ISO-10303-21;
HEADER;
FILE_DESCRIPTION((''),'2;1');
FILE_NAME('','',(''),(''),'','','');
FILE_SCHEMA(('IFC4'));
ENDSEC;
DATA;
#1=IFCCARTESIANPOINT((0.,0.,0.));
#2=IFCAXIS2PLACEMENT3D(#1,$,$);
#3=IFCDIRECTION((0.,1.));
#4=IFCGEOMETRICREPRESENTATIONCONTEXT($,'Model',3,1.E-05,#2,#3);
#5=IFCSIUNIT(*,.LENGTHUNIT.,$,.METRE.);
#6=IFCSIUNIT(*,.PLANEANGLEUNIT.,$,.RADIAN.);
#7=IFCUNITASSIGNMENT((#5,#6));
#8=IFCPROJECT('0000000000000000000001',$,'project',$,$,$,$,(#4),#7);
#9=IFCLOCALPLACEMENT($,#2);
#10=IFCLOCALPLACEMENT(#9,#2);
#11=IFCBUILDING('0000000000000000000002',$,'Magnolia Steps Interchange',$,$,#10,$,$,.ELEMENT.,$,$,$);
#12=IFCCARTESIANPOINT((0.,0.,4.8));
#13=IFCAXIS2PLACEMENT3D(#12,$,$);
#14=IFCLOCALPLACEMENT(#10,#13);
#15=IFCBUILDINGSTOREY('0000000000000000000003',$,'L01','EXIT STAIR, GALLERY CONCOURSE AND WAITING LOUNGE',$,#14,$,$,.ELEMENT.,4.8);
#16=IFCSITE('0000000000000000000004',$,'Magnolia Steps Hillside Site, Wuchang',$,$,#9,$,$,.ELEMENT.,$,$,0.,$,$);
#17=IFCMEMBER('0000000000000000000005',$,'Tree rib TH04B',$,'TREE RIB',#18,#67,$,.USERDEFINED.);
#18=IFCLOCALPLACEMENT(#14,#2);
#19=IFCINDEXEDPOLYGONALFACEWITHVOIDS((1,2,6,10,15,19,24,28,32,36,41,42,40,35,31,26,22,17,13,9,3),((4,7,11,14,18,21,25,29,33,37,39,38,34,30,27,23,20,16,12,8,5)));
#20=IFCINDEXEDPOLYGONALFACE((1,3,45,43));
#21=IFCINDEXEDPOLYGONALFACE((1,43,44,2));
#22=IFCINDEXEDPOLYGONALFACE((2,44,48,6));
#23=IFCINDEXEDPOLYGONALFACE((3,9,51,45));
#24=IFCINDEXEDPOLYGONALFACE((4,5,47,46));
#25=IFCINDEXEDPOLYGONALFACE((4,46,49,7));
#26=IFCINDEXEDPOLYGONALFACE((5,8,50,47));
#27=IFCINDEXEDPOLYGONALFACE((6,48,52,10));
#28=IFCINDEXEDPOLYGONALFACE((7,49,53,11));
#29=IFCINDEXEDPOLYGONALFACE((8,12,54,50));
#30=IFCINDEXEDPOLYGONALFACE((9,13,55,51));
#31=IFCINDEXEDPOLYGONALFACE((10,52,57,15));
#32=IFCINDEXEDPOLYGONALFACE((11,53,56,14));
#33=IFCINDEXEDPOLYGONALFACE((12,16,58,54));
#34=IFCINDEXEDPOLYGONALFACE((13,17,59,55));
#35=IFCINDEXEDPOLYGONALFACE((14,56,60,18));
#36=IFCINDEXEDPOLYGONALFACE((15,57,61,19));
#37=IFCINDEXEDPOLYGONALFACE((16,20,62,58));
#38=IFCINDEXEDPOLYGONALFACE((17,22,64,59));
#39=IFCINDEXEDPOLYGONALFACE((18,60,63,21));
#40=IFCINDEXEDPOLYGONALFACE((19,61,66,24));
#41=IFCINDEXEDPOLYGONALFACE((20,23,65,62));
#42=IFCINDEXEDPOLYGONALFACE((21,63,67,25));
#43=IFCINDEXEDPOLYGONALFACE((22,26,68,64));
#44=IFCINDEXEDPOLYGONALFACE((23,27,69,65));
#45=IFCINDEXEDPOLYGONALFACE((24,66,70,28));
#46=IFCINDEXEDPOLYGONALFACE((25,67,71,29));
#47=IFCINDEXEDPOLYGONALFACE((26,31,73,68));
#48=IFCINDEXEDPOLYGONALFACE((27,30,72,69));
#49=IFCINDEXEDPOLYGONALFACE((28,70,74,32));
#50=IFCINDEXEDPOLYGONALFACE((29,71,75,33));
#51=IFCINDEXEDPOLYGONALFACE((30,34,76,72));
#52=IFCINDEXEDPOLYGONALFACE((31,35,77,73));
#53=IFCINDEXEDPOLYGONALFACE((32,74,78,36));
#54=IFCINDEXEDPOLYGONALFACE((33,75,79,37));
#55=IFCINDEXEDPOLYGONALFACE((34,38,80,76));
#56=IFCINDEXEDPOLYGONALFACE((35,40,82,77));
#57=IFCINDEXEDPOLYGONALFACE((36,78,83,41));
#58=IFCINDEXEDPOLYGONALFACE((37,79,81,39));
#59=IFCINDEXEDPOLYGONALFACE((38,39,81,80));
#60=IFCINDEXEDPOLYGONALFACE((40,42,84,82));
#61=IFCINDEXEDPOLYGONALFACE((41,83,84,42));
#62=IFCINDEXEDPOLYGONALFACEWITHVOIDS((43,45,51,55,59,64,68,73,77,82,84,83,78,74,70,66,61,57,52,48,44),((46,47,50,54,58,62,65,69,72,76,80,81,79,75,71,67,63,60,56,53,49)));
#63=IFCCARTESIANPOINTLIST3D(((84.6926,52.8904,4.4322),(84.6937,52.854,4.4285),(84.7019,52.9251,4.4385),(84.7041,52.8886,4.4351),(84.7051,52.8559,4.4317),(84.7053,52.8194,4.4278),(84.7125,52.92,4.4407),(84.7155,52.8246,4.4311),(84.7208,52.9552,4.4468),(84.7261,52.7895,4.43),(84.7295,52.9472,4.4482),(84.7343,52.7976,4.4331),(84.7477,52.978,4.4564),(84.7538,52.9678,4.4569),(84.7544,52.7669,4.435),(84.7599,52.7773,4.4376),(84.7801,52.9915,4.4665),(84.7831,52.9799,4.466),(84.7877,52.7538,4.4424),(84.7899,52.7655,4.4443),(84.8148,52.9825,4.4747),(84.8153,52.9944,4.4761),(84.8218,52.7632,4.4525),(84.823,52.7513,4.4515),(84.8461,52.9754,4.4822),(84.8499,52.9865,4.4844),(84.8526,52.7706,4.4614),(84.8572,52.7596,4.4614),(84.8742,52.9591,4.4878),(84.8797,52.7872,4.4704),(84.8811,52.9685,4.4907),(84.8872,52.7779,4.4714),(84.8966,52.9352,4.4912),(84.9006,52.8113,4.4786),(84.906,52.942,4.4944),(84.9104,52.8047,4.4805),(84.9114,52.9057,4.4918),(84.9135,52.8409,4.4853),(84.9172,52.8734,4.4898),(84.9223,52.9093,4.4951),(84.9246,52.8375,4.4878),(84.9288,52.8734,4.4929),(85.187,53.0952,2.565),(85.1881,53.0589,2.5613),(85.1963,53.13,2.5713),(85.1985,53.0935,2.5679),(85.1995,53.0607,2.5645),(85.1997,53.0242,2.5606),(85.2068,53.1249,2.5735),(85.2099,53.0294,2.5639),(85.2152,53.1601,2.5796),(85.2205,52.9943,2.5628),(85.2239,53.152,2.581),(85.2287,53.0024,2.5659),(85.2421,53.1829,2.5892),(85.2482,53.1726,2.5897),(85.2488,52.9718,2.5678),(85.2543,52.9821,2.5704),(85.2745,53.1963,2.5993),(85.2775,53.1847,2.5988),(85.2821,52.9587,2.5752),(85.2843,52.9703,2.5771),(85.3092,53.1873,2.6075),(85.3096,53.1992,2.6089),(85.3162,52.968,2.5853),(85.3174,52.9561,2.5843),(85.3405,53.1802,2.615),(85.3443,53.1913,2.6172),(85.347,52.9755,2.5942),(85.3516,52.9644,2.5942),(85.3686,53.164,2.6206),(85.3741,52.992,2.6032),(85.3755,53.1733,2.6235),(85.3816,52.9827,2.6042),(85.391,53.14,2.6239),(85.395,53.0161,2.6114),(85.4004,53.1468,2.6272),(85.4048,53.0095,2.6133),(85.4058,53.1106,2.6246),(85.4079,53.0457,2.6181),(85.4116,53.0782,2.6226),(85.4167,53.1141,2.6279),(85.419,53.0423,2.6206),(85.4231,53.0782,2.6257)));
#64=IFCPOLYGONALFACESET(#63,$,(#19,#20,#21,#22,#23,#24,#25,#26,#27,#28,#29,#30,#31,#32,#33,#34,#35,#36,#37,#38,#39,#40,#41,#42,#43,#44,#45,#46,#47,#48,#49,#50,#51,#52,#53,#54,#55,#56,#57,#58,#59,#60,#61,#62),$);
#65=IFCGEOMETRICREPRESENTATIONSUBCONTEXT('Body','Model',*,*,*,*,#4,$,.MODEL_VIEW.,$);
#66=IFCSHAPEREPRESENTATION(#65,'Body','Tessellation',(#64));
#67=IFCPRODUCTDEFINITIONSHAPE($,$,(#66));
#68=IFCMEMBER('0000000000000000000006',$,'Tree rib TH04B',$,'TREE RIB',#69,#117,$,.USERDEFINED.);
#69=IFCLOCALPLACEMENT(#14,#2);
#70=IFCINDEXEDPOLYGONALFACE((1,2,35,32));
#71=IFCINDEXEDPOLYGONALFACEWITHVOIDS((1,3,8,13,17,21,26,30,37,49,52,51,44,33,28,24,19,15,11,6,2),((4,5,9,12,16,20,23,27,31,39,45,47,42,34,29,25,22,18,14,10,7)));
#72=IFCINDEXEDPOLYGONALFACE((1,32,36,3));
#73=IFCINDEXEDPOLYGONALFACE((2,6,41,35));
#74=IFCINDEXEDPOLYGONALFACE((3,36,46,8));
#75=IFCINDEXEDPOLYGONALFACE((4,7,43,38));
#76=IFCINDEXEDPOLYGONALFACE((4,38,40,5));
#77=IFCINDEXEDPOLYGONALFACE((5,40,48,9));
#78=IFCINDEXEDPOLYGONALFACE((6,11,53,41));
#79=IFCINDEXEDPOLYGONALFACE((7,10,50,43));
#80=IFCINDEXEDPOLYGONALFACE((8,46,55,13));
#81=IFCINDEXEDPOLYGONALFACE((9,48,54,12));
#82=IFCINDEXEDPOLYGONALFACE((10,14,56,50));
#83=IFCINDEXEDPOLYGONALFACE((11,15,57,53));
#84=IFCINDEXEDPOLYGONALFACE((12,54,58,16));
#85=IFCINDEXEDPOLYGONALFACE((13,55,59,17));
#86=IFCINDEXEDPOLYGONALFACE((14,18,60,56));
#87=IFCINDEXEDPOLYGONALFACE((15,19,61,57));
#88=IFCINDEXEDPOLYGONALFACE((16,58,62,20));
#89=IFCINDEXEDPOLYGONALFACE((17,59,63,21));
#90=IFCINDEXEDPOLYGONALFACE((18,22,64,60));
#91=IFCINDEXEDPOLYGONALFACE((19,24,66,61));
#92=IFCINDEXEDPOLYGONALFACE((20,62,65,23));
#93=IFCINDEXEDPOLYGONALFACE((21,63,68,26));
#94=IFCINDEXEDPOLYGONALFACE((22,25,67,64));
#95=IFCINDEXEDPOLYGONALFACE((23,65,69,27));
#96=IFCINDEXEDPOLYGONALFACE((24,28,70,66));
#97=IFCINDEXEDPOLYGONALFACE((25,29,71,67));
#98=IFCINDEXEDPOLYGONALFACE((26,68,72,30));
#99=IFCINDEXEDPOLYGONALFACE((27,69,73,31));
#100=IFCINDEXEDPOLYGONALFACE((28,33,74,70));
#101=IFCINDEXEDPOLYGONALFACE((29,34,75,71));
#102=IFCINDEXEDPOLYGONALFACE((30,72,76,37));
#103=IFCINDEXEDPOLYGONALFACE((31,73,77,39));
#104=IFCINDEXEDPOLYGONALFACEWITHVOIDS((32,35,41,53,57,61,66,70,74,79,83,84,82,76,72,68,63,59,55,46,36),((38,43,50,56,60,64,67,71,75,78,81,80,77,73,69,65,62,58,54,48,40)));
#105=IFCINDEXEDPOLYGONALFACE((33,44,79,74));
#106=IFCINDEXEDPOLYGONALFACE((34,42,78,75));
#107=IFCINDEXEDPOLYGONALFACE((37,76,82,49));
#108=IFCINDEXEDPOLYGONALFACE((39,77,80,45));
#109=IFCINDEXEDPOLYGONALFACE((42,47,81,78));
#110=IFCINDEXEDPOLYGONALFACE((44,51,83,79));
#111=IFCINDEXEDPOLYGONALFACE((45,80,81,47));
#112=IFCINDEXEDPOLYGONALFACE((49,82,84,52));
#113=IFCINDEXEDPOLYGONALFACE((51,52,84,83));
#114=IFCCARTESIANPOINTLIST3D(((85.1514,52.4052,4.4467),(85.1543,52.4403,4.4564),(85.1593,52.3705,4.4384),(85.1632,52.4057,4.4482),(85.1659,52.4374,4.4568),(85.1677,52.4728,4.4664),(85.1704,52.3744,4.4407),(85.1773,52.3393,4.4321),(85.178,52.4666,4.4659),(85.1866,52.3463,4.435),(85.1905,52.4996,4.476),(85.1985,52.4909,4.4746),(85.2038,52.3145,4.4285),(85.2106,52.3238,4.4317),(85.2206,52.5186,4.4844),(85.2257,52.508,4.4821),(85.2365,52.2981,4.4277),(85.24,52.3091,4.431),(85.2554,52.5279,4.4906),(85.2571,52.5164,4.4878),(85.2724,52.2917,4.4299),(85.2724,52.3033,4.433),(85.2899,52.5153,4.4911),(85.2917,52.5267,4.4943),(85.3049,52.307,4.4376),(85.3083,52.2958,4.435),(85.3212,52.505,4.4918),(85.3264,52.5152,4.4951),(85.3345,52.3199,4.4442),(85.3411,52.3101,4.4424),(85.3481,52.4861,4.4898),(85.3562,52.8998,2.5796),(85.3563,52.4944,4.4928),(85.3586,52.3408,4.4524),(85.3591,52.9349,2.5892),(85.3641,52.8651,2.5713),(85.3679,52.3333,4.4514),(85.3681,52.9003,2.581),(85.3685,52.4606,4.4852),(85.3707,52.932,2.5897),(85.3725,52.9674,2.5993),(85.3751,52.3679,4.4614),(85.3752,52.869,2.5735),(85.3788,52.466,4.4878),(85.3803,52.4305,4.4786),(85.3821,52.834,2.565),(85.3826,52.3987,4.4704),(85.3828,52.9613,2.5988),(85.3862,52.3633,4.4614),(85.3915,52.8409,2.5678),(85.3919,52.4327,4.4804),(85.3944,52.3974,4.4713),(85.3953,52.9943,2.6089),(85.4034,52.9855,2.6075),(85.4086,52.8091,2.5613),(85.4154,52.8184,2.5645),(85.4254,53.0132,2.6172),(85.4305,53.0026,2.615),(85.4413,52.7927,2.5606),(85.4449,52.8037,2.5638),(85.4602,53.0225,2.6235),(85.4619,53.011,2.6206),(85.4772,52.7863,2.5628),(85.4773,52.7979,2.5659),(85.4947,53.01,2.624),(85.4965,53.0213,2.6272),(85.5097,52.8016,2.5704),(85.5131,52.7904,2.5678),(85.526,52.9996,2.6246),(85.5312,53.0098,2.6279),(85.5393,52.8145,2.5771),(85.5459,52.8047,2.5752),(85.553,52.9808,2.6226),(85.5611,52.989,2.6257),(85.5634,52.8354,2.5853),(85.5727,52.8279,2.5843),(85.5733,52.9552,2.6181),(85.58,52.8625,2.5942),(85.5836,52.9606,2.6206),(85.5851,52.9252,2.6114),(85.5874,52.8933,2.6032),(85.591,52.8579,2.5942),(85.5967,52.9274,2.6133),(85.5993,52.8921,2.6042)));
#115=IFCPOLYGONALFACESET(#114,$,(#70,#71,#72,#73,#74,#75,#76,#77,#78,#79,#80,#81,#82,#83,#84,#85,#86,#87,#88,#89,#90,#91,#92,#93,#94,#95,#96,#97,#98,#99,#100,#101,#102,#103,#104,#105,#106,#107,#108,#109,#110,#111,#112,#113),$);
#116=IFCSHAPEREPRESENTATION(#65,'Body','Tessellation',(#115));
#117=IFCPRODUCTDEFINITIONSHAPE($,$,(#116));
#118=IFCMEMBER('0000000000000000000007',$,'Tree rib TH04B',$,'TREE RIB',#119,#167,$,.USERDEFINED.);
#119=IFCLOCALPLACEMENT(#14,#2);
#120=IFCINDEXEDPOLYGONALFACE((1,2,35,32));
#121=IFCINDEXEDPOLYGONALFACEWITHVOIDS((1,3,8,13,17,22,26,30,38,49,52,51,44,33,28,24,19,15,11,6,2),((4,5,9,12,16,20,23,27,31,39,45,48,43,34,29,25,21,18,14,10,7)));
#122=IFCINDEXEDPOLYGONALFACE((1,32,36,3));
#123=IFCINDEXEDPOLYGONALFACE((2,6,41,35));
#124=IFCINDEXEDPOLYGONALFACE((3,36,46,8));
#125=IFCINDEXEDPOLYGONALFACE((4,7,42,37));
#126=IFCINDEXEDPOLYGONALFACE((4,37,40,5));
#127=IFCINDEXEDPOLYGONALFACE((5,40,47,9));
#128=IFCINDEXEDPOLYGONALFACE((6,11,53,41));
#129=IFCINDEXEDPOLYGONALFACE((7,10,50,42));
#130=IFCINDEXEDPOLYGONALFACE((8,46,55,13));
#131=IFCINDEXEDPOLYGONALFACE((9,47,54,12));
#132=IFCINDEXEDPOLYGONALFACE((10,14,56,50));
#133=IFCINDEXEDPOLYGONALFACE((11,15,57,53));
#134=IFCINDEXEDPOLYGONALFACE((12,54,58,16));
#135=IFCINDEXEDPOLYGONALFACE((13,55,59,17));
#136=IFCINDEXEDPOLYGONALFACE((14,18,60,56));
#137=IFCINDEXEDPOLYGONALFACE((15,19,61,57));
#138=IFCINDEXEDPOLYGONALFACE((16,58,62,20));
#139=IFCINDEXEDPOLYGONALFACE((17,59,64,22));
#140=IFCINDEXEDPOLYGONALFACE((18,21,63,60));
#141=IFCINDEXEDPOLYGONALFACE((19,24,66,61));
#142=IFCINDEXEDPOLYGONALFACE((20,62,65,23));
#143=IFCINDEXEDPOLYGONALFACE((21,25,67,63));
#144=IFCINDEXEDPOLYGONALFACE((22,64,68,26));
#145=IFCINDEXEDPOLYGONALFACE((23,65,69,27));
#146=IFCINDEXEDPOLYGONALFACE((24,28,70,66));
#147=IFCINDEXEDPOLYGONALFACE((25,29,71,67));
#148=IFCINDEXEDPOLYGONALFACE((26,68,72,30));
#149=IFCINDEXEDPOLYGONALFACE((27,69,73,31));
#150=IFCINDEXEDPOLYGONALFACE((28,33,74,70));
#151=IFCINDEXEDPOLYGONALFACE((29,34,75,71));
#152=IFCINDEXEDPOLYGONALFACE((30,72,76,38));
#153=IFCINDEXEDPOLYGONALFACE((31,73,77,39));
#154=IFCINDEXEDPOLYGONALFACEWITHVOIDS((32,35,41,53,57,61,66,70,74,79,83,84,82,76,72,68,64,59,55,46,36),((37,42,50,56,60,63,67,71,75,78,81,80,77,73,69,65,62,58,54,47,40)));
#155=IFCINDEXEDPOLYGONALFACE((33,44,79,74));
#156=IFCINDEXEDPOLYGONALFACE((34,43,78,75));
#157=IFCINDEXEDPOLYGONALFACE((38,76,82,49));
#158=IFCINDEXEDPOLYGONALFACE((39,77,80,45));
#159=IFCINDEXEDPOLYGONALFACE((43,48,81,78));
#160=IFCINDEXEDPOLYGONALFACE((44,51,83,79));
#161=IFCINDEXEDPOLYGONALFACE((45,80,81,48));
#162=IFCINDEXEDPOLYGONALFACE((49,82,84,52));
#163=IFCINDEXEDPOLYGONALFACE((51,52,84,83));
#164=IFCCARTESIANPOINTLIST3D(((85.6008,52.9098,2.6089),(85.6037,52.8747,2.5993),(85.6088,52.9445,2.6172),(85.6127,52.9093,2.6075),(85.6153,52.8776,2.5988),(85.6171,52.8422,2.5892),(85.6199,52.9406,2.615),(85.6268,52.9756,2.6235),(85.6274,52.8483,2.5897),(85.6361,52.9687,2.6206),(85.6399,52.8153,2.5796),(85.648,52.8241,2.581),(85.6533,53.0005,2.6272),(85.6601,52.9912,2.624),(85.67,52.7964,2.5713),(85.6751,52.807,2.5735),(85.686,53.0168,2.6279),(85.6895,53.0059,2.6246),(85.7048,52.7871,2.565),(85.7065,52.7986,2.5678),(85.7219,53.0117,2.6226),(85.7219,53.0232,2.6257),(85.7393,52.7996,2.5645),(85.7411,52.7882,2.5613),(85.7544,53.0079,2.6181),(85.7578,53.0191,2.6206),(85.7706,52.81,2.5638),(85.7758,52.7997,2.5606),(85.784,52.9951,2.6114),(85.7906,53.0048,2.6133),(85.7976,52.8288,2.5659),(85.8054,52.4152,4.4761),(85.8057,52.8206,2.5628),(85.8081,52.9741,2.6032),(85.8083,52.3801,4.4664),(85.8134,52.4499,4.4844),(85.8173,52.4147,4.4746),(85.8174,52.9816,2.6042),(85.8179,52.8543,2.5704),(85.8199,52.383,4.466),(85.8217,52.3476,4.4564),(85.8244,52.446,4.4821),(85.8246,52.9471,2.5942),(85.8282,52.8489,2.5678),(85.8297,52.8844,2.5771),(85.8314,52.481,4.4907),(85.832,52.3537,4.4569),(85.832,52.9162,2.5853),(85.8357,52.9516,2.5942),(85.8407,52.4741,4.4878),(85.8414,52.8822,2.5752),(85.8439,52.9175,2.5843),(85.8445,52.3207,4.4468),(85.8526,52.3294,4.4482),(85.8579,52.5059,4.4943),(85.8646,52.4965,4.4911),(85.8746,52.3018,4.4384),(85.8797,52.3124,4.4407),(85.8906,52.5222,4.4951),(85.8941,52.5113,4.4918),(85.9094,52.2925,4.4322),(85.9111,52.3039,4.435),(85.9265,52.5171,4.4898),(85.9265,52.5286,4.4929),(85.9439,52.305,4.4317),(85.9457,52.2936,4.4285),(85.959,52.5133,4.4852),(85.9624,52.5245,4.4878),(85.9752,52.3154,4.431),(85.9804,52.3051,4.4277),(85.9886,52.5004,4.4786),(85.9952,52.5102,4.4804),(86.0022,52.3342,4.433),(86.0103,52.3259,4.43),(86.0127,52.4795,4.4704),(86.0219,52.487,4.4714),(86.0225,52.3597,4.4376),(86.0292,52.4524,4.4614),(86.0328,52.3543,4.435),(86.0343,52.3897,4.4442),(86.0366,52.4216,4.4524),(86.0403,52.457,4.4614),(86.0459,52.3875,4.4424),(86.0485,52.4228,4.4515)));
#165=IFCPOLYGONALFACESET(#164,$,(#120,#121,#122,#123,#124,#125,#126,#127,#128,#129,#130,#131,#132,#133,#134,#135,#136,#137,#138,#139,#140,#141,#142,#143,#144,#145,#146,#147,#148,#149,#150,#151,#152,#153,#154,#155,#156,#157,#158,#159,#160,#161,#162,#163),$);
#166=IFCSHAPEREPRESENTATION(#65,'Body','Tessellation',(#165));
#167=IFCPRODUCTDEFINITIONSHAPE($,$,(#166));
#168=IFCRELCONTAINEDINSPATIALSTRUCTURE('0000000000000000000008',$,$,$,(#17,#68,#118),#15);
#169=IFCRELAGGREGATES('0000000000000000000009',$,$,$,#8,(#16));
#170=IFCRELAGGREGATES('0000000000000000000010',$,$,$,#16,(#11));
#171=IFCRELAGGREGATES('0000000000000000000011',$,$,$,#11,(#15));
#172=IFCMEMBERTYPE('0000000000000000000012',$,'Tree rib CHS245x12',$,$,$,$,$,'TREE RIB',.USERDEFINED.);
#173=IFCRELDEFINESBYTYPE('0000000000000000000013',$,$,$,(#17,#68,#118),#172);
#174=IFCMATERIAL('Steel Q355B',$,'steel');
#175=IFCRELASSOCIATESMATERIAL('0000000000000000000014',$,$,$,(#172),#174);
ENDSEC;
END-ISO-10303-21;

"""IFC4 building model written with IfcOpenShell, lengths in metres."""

from ifc_helpers import new_model, si_unit, direction, frame, origin, origin_2d, place, context, subcontext, project, spatial, hollow_circle, extrude, material, material_profile, profile_set, type_object, element, save


model = new_model("IFC4")

# Units and contexts
model_context = context("Model", 3, precision=1e-05, world=origin(), true_north=direction((0.0, 1.0)))
body_context = subcontext(model_context, "Body", "Model", "MODEL_VIEW")
ifc_project = project(units=[si_unit("LENGTHUNIT", "METRE"), si_unit("PLANEANGLEUNIT", "RADIAN")], contexts=[model_context])

# Site, building, storey
site_placement = place(None, origin())
site = spatial("IfcSite", under=ifc_project, at=site_placement, Name="Magnolia Steps Hillside Site, Wuchang", CompositionType="ELEMENT", RefElevation=0.0)
building_placement = place(site_placement, origin())
building = spatial("IfcBuilding", under=site, at=building_placement, Name="Magnolia Steps Interchange", CompositionType="ELEMENT")
storey_placement = place(building_placement, frame((0.0, 0.0, 4.8)))
storey = spatial("IfcBuildingStorey", under=building, at=storey_placement, Name="L01", Description="EXIT STAIR, GALLERY CONCOURSE AND WAITING LOUNGE", CompositionType="ELEMENT", Elevation=4.8)

# Members
ifc_material_1 = material(Name="Steel Q355B", Category="steel")
ifc_material_profile_1 = material_profile(ifc_material_1, hollow_circle(Radius=0.1226, WallThickness=0.012, at=origin_2d()), Name="CHS245x12")
ifc_profile_set_1 = profile_set([ifc_material_profile_1], Name="Steel Q355B")
member_type = type_object("IfcMemberType", Name="Tree rib CHS245x12", ElementType="TREE RIB", PredefinedType="USERDEFINED", material=ifc_profile_set_1)
for number, where, z_axis, x_axis, name in (
    (1, (85.3047, 53.0776, 2.5942), (-0.254528, -0.105456, 0.961298), (0.382768, -0.923844, 0.0), "Tree rib TH04B"),
    (2, (85.4778, 52.9048, 2.5942), (-0.105453, -0.254645, 0.961268), (0.923911, -0.382607, 0.0), "Tree rib TH04B"),
    (3, (85.7224, 52.9048, 2.5942), (0.105329, -0.254649, 0.96128), (0.924072, 0.382218, 0.0), "Tree rib TH04B"),
):
    element("IfcMember", number, at=place(storey_placement, frame(where, z_axis=z_axis, x_axis=x_axis)), inside=storey, type_object=member_type, Name=name, ObjectType="TREE RIB", PredefinedType="USERDEFINED", context=body_context, shape_type="SweptSolid", body=[
        extrude(hollow_circle(Radius=0.1226, WallThickness=0.012, at=origin_2d()), origin(), (0.0, 0.0, 1.0), 1.9424),
    ])

save(model, "model.ifc")
